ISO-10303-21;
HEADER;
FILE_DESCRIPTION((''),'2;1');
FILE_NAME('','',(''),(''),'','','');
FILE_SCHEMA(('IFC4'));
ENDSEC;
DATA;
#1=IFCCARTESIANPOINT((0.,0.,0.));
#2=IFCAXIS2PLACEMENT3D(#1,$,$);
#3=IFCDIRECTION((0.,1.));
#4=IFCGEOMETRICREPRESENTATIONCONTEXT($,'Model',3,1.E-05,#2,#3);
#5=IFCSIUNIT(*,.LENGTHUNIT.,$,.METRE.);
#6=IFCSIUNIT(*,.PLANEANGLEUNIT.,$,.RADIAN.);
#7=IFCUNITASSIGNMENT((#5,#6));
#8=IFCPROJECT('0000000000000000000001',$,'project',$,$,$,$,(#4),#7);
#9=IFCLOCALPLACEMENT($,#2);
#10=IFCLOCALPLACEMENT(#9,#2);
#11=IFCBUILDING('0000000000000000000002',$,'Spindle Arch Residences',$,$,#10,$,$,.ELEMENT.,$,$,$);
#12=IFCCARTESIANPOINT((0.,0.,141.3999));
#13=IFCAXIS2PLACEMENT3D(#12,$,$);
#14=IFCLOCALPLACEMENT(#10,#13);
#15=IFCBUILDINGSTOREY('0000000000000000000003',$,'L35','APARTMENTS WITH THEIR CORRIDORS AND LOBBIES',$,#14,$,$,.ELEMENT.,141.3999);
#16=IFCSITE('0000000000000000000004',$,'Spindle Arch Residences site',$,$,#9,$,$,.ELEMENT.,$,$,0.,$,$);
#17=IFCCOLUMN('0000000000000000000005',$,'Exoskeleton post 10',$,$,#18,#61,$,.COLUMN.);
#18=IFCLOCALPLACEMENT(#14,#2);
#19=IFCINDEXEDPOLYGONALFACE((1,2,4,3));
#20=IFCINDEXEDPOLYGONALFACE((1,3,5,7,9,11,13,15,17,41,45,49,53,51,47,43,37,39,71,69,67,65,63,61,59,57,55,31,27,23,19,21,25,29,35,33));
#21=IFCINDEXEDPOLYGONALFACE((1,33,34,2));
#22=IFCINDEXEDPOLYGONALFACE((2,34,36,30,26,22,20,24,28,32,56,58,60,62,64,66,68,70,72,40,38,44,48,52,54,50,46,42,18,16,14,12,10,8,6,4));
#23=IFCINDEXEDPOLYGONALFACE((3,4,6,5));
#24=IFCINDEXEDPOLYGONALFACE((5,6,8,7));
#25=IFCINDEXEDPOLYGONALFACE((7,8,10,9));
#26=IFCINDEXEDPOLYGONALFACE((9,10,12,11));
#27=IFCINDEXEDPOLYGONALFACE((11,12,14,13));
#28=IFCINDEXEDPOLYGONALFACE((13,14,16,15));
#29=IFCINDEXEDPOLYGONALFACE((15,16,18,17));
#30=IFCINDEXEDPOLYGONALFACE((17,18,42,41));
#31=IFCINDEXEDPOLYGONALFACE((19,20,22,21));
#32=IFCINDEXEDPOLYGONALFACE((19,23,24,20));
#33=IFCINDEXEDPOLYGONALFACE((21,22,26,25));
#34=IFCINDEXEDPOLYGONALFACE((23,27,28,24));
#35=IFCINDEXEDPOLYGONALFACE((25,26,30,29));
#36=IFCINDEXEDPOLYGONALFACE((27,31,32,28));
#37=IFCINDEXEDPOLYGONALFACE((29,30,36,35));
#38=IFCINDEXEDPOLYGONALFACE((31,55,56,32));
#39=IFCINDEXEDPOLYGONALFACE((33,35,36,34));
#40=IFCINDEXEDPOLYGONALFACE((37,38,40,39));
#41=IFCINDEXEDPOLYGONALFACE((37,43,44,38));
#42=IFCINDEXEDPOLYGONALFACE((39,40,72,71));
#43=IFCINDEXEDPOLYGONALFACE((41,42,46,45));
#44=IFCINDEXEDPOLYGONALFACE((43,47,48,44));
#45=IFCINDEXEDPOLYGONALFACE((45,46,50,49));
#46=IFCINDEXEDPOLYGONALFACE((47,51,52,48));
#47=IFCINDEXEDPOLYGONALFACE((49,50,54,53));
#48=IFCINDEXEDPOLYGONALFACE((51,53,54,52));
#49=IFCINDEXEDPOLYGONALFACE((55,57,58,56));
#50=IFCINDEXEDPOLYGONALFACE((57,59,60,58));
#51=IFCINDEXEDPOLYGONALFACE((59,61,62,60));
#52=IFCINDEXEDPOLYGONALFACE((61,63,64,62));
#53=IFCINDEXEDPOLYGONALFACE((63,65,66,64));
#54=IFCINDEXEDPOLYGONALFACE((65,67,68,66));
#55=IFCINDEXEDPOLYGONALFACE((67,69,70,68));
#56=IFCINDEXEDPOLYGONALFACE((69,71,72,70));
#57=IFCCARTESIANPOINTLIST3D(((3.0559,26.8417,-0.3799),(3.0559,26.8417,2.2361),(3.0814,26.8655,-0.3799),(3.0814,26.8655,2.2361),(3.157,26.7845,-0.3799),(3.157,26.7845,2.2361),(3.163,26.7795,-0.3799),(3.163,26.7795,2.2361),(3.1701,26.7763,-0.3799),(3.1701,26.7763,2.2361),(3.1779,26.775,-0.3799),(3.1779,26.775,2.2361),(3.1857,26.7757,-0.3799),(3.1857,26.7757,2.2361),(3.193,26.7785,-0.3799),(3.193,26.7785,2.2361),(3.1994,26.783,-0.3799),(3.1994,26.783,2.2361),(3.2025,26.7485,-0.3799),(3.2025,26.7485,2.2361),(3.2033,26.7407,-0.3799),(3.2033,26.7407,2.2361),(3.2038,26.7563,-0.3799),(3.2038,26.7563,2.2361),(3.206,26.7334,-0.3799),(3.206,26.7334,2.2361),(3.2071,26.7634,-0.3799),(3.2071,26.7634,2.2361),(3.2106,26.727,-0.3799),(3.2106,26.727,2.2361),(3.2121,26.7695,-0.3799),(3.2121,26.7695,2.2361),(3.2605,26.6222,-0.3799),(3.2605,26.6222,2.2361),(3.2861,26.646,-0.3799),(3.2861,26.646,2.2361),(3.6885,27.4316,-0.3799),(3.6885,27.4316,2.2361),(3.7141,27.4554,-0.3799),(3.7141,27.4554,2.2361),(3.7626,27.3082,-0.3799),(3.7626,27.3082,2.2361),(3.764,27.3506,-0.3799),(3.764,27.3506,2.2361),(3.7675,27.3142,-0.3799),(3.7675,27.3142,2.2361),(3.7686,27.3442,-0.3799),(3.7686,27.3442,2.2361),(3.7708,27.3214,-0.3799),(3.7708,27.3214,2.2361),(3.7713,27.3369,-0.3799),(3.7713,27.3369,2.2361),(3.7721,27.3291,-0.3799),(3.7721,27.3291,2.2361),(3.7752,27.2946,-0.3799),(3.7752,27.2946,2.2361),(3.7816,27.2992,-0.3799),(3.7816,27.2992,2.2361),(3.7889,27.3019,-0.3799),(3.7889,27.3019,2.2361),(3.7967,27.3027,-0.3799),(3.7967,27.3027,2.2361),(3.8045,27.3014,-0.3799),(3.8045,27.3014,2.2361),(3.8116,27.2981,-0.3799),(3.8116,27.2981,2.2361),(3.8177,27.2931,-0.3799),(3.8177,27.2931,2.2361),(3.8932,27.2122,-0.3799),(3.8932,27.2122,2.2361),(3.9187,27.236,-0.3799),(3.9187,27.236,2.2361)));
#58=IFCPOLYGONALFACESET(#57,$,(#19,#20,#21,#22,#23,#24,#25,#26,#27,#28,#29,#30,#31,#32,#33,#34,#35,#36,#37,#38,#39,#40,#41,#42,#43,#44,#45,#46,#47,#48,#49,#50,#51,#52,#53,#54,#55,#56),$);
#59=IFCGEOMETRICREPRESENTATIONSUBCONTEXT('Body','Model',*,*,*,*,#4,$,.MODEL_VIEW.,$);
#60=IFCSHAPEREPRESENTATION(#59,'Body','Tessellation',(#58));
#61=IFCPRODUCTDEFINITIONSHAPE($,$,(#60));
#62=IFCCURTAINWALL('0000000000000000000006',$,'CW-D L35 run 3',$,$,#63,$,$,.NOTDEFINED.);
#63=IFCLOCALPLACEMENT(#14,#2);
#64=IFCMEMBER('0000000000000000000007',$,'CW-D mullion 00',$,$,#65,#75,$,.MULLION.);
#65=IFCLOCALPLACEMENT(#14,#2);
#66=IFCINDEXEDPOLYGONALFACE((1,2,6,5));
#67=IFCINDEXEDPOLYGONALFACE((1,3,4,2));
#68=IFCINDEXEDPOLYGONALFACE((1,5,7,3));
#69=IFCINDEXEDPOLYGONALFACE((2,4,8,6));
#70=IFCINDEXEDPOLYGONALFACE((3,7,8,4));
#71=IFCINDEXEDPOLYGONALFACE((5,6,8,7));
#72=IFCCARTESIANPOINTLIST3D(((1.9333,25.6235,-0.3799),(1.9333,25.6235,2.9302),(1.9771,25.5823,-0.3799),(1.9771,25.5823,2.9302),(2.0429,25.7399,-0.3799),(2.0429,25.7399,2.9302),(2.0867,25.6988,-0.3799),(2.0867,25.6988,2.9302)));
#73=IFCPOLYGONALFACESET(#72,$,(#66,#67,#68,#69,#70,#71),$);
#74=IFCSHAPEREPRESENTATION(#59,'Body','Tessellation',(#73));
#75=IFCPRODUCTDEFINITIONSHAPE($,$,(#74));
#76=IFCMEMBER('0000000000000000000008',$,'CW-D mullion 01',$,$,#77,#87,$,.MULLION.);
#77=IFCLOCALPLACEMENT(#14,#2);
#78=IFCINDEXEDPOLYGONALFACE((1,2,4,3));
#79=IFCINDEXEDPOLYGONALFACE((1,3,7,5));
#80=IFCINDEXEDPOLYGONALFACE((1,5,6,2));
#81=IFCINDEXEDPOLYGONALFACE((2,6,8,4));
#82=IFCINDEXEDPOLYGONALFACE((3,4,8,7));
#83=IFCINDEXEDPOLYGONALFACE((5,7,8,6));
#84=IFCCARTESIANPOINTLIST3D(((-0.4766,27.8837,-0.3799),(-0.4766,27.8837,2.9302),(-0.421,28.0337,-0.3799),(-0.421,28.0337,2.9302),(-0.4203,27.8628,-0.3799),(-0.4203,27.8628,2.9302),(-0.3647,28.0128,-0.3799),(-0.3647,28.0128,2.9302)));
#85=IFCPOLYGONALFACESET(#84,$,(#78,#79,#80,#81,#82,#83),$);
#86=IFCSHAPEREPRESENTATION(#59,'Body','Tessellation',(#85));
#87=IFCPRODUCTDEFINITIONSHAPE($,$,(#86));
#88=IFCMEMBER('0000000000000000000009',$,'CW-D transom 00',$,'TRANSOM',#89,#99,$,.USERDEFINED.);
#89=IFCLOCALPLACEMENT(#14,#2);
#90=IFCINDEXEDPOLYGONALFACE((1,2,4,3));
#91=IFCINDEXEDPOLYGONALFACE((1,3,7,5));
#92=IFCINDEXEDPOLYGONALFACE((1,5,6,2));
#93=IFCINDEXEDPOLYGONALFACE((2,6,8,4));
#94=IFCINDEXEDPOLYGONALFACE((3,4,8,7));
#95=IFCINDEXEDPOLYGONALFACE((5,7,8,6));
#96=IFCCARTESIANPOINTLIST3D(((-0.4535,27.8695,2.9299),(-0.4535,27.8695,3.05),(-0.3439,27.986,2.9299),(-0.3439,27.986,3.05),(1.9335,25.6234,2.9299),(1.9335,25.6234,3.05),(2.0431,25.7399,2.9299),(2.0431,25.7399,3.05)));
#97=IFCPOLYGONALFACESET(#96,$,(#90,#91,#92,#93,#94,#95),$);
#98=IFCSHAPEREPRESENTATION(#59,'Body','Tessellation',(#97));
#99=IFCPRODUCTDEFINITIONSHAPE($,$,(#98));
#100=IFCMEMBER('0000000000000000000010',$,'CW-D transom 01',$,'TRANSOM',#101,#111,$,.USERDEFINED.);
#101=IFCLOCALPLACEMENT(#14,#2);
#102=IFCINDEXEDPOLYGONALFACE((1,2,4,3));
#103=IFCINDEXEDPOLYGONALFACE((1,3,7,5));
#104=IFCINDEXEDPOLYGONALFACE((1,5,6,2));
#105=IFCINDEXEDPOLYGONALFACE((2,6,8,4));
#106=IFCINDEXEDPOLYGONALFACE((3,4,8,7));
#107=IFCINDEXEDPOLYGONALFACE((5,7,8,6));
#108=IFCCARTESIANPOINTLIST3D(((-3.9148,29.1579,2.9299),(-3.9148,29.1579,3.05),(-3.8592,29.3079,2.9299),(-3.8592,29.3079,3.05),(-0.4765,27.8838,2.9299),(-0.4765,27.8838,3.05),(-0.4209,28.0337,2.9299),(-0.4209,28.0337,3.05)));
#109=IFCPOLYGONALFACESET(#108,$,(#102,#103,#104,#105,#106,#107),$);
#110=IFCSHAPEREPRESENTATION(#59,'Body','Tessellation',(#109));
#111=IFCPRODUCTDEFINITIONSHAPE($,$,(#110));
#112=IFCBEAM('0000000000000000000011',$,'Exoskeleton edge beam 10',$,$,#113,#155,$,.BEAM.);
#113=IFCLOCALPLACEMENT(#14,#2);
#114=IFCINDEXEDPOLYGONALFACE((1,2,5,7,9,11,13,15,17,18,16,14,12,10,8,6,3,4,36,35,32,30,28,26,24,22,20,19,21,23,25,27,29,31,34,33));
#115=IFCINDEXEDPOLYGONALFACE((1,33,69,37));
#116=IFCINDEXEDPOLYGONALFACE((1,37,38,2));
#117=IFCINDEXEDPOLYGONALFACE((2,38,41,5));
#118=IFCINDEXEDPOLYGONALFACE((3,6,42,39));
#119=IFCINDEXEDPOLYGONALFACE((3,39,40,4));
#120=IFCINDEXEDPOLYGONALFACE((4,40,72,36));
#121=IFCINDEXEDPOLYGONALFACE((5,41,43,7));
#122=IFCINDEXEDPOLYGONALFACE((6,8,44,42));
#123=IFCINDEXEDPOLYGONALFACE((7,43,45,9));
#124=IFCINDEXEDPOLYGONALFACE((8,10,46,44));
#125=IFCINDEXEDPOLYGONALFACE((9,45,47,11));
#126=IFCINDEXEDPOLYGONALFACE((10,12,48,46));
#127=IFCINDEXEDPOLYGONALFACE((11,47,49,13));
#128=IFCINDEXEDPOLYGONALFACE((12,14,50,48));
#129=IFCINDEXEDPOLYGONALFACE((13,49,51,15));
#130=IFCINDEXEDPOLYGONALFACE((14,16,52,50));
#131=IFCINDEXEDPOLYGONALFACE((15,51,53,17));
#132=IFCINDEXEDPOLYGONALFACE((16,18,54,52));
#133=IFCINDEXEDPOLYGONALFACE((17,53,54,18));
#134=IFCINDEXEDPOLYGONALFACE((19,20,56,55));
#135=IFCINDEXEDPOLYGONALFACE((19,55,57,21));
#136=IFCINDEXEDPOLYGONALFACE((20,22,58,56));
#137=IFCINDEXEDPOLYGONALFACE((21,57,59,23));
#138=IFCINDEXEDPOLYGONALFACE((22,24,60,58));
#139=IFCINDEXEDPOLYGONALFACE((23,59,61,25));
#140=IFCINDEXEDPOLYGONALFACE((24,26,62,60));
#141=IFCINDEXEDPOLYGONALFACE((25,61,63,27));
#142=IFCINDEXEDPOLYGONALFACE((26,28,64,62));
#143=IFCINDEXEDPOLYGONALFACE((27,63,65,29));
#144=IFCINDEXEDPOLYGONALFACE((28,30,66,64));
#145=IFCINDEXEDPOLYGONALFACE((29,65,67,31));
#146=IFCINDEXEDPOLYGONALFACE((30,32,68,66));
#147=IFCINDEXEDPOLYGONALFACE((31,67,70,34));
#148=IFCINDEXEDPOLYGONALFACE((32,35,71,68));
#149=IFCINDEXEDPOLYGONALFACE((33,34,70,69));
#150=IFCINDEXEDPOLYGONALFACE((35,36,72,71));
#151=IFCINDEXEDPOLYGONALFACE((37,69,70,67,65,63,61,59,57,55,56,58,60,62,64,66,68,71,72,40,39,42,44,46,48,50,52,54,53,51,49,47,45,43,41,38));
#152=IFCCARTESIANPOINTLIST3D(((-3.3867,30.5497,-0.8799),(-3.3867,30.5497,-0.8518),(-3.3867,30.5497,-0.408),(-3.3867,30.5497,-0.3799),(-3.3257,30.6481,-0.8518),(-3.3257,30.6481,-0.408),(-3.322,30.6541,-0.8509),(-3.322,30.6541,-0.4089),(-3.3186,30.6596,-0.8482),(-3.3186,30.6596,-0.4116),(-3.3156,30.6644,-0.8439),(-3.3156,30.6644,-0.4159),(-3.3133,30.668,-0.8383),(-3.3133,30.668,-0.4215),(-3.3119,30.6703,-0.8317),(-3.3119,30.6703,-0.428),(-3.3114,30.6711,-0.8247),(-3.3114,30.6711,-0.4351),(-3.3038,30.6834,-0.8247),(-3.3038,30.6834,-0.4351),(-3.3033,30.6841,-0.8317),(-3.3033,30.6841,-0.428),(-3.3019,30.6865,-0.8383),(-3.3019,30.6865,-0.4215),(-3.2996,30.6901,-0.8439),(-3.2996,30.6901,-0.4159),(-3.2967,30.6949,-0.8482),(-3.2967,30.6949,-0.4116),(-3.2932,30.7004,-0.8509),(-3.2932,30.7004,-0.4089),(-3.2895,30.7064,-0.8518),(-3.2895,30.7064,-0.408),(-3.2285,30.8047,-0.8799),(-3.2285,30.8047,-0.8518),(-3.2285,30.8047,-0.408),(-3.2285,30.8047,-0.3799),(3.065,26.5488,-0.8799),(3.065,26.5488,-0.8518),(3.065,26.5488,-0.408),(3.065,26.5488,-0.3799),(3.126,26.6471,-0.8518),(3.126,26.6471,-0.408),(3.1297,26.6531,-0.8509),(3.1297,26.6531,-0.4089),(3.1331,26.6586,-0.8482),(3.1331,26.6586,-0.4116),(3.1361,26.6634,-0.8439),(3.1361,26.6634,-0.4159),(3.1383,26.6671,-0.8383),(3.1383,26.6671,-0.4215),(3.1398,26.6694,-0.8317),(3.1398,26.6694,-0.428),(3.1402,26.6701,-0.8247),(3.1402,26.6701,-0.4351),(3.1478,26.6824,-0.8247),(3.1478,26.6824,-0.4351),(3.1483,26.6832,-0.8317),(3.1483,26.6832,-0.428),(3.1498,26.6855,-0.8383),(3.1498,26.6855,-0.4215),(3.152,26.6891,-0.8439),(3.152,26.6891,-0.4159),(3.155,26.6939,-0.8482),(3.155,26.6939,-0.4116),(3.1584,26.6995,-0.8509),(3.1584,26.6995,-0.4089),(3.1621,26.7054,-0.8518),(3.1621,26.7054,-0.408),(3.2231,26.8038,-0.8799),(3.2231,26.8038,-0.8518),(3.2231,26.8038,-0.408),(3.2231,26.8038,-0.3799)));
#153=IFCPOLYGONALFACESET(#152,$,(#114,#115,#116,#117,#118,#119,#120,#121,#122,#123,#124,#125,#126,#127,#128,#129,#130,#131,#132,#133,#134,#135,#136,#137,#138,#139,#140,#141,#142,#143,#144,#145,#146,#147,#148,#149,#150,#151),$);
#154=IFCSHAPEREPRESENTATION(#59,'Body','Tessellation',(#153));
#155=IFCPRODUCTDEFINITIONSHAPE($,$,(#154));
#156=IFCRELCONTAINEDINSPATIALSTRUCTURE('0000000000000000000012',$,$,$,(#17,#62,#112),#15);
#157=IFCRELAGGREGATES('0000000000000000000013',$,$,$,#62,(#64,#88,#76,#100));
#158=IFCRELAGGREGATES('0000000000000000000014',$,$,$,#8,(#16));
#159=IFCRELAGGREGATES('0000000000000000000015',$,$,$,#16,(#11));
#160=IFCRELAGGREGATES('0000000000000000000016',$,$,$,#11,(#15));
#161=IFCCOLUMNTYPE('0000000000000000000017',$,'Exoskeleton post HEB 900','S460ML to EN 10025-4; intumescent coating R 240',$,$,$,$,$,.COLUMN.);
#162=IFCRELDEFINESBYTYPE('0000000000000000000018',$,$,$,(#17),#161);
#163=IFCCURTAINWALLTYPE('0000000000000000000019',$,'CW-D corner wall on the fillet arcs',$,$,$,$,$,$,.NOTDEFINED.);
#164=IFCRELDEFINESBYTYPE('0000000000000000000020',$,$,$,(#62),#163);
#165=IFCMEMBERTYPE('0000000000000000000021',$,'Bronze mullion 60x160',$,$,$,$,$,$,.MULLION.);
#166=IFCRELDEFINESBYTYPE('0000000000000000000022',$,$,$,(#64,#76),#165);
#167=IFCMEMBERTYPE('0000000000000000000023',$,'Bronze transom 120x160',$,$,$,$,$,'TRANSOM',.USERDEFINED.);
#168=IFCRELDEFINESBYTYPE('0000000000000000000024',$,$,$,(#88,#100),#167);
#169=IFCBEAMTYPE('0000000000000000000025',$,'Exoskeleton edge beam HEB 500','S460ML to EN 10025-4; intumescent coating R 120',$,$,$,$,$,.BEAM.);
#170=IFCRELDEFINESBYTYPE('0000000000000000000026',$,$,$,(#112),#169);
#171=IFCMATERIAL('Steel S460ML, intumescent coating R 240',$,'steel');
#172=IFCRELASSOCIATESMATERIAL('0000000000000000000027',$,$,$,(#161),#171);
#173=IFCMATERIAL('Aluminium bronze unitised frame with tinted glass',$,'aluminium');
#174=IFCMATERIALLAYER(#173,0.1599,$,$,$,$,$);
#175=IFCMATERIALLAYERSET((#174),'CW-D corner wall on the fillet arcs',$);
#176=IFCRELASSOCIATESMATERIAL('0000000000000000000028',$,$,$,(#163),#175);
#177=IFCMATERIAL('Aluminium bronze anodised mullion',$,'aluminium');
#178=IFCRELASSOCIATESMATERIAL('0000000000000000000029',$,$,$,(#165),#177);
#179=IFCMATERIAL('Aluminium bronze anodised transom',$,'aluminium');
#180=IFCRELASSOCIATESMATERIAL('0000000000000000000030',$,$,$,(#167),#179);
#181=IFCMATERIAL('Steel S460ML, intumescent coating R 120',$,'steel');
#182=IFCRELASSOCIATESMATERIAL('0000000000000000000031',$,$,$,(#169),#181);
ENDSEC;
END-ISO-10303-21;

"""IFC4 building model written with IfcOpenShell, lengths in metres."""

from ifc_helpers import new_model, si_unit, direction, frame, origin, origin_2d, place, context, subcontext, project, spatial, rectangle, i_section, extrude, material, layer, layer_set, material_profile, profile_set, type_object, element, aggregate, save


model = new_model("IFC4")

# Units and contexts
model_context = context("Model", 3, precision=1e-05, world=origin(), true_north=direction((0.0, 1.0)))
body_context = subcontext(model_context, "Body", "Model", "MODEL_VIEW")
ifc_project = project(units=[si_unit("LENGTHUNIT", "METRE"), si_unit("PLANEANGLEUNIT", "RADIAN")], contexts=[model_context])

# Site, building, storey
site_placement = place(None, origin())
site = spatial("IfcSite", under=ifc_project, at=site_placement, Name="Spindle Arch Residences site", CompositionType="ELEMENT", RefElevation=0.0)
building_placement = place(site_placement, origin())
building = spatial("IfcBuilding", under=site, at=building_placement, Name="Spindle Arch Residences", CompositionType="ELEMENT")
storey_placement = place(building_placement, frame((0.0, 0.0, 141.3999)))
storey = spatial("IfcBuildingStorey", under=building, at=storey_placement, Name="L35", Description="APARTMENTS WITH THEIR CORRIDORS AND LOBBIES", CompositionType="ELEMENT", Elevation=141.3999)

# Column
ifc_material_1 = material(Name="Steel S460ML, intumescent coating R 240", Category="steel")
ifc_material_profile_1 = material_profile(ifc_material_1, i_section(OverallWidth=0.3, OverallDepth=0.8999, WebThickness=0.0186, FlangeThickness=0.0349, FilletRadius=0.03, at=origin_2d()), Name="HEB 900")
ifc_profile_set_1 = profile_set([ifc_material_profile_1], Name="Steel S460ML, intumescent coating R 240")
column_type = type_object("IfcColumnType", Name="Exoskeleton post HEB 900", Description="S460ML to EN 10025-4; intumescent coating R 240", PredefinedType="COLUMN", material=ifc_profile_set_1)
column_placement = place(storey_placement, frame((3.4873, 27.0388, -0.3799), z_axis=(0.0, 0.0, 1.0), x_axis=(0.681998, -0.731354, 0.0)))
element("IfcColumn", 1, at=column_placement, inside=storey, type_object=column_type, Name="Exoskeleton post 10", PredefinedType="COLUMN", context=body_context, shape_type="SweptSolid", body=[
    extrude(i_section(OverallWidth=0.3, OverallDepth=0.8999, WebThickness=0.0186, FlangeThickness=0.0349, FilletRadius=0.03, at=origin_2d()), origin(), (0.0, 0.0, 1.0), 2.616),
])

# Curtain wall, members
ifc_material_2 = material(Name="Aluminium bronze unitised frame with tinted glass", Category="aluminium")
ifc_layer_1 = layer(ifc_material_2, 0.1599)
ifc_layer_set_1 = layer_set([ifc_layer_1], Name="CW-D corner wall on the fillet arcs")
curtain_wall_type_1 = type_object("IfcCurtainWallType", Name="CW-D corner wall on the fillet arcs", PredefinedType="NOTDEFINED", material=ifc_layer_set_1)
curtain_wall_1_placement = place(storey_placement, origin())
curtain_wall_1 = element("IfcCurtainWall", 2, at=curtain_wall_1_placement, inside=storey, type_object=curtain_wall_type_1, Name="CW-D L35 run 3", PredefinedType="NOTDEFINED")
ifc_material_3 = material(Name="Aluminium bronze anodised mullion", Category="aluminium")
ifc_material_profile_2 = material_profile(ifc_material_3, rectangle(XDim=0.1599, YDim=0.0601, at=origin_2d()), Name="MU 60x160")
ifc_profile_set_2 = profile_set([ifc_material_profile_2], Name="Aluminium bronze anodised mullion")
member_type_1 = type_object("IfcMemberType", Name="Bronze mullion 60x160", PredefinedType="MULLION", material=ifc_profile_set_2)
member_1_placement = place(storey_placement, frame((2.01, 25.6611, -0.3799), z_axis=(0.0, 0.0, 1.0), x_axis=(-0.68529, -0.72827, 0.0)))
member_1 = element("IfcMember", 3, at=member_1_placement, type_object=member_type_1, Name="CW-D mullion 00", PredefinedType="MULLION", context=body_context, shape_type="SweptSolid", body=[
    extrude(rectangle(XDim=0.1599, YDim=0.0601, at=origin_2d()), origin(), (0.0, 0.0, 1.0), 3.3101),
])
member_2_placement = place(storey_placement, frame((-0.4207, 27.9482, -0.3799), z_axis=(0.0, 0.0, 1.0), x_axis=(-0.347481, -0.937687, 0.0)))
member_2 = element("IfcMember", 4, at=member_2_placement, type_object=member_type_1, Name="CW-D mullion 01", PredefinedType="MULLION", context=body_context, shape_type="SweptSolid", body=[
    extrude(rectangle(XDim=0.1599, YDim=0.0601, at=origin_2d()), origin(), (0.0, 0.0, 1.0), 3.3101),
])
ifc_material_4 = material(Name="Aluminium bronze anodised transom", Category="aluminium")
ifc_material_profile_3 = material_profile(ifc_material_4, rectangle(XDim=0.1599, YDim=0.1201, at=origin_2d()), Name="TR 120x160")
ifc_profile_set_3 = profile_set([ifc_material_profile_3], Name="Aluminium bronze anodised transom")
member_type_2 = type_object("IfcMemberType", Name="Bronze transom 120x160", ElementType="TRANSOM", PredefinedType="USERDEFINED", material=ifc_profile_set_3)
member_3_placement = place(storey_placement, frame((1.9883, 25.6816, 2.99), z_axis=(-0.72827, 0.68529, 0.0), x_axis=(-0.68529, -0.72827, 0.0)))
member_3 = element("IfcMember", 5, at=member_3_placement, type_object=member_type_2, Name="CW-D transom 00", ObjectType="TRANSOM", PredefinedType="USERDEFINED", context=body_context, shape_type="SweptSolid", body=[
    extrude(rectangle(XDim=0.1599, YDim=0.1201, at=origin_2d()), origin(), (0.0, 0.0, 1.0), 3.2776),
])
member_4_placement = place(storey_placement, frame((-0.4487, 27.9587, 2.99), z_axis=(-0.937682, 0.347494, 0.0), x_axis=(-0.347494, -0.937682, 0.0)))
member_4 = element("IfcMember", 6, at=member_4_placement, type_object=member_type_2, Name="CW-D transom 01", ObjectType="TRANSOM", PredefinedType="USERDEFINED", context=body_context, shape_type="SweptSolid", body=[
    extrude(rectangle(XDim=0.1599, YDim=0.1201, at=origin_2d()), origin(), (0.0, 0.0, 1.0), 3.6667),
])

# Beam
ifc_material_5 = material(Name="Steel S460ML, intumescent coating R 120", Category="steel")
ifc_material_profile_4 = material_profile(ifc_material_5, i_section(OverallWidth=0.3, OverallDepth=0.5, WebThickness=0.0144, FlangeThickness=0.0281, FilletRadius=0.0271, at=origin_2d()), Name="HEB 500")
ifc_profile_set_4 = profile_set([ifc_material_profile_4], Name="Steel S460ML, intumescent coating R 120")
beam_type_1 = type_object("IfcBeamType", Name="Exoskeleton edge beam HEB 500", Description="S460ML to EN 10025-4; intumescent coating R 120", PredefinedType="BEAM", material=ifc_profile_set_4)
beam_1_placement = place(storey_placement, frame((3.144, 26.6763, -0.6299), z_axis=(-0.849847, 0.52703, 0.0), x_axis=(-0.52703, -0.849847, 0.0)))
element("IfcBeam", 7, at=beam_1_placement, inside=storey, type_object=beam_type_1, Name="Exoskeleton edge beam 10", PredefinedType="BEAM", context=body_context, shape_type="SweptSolid", body=[
    extrude(i_section(OverallWidth=0.3, OverallDepth=0.5, WebThickness=0.0144, FlangeThickness=0.0281, FilletRadius=0.0271, at=origin_2d()), origin(), (0.0, 0.0, 1.0), 7.5916),
])

aggregate(curtain_wall_1, [member_1, member_3, member_2, member_4])

save(model, "model.ifc")
